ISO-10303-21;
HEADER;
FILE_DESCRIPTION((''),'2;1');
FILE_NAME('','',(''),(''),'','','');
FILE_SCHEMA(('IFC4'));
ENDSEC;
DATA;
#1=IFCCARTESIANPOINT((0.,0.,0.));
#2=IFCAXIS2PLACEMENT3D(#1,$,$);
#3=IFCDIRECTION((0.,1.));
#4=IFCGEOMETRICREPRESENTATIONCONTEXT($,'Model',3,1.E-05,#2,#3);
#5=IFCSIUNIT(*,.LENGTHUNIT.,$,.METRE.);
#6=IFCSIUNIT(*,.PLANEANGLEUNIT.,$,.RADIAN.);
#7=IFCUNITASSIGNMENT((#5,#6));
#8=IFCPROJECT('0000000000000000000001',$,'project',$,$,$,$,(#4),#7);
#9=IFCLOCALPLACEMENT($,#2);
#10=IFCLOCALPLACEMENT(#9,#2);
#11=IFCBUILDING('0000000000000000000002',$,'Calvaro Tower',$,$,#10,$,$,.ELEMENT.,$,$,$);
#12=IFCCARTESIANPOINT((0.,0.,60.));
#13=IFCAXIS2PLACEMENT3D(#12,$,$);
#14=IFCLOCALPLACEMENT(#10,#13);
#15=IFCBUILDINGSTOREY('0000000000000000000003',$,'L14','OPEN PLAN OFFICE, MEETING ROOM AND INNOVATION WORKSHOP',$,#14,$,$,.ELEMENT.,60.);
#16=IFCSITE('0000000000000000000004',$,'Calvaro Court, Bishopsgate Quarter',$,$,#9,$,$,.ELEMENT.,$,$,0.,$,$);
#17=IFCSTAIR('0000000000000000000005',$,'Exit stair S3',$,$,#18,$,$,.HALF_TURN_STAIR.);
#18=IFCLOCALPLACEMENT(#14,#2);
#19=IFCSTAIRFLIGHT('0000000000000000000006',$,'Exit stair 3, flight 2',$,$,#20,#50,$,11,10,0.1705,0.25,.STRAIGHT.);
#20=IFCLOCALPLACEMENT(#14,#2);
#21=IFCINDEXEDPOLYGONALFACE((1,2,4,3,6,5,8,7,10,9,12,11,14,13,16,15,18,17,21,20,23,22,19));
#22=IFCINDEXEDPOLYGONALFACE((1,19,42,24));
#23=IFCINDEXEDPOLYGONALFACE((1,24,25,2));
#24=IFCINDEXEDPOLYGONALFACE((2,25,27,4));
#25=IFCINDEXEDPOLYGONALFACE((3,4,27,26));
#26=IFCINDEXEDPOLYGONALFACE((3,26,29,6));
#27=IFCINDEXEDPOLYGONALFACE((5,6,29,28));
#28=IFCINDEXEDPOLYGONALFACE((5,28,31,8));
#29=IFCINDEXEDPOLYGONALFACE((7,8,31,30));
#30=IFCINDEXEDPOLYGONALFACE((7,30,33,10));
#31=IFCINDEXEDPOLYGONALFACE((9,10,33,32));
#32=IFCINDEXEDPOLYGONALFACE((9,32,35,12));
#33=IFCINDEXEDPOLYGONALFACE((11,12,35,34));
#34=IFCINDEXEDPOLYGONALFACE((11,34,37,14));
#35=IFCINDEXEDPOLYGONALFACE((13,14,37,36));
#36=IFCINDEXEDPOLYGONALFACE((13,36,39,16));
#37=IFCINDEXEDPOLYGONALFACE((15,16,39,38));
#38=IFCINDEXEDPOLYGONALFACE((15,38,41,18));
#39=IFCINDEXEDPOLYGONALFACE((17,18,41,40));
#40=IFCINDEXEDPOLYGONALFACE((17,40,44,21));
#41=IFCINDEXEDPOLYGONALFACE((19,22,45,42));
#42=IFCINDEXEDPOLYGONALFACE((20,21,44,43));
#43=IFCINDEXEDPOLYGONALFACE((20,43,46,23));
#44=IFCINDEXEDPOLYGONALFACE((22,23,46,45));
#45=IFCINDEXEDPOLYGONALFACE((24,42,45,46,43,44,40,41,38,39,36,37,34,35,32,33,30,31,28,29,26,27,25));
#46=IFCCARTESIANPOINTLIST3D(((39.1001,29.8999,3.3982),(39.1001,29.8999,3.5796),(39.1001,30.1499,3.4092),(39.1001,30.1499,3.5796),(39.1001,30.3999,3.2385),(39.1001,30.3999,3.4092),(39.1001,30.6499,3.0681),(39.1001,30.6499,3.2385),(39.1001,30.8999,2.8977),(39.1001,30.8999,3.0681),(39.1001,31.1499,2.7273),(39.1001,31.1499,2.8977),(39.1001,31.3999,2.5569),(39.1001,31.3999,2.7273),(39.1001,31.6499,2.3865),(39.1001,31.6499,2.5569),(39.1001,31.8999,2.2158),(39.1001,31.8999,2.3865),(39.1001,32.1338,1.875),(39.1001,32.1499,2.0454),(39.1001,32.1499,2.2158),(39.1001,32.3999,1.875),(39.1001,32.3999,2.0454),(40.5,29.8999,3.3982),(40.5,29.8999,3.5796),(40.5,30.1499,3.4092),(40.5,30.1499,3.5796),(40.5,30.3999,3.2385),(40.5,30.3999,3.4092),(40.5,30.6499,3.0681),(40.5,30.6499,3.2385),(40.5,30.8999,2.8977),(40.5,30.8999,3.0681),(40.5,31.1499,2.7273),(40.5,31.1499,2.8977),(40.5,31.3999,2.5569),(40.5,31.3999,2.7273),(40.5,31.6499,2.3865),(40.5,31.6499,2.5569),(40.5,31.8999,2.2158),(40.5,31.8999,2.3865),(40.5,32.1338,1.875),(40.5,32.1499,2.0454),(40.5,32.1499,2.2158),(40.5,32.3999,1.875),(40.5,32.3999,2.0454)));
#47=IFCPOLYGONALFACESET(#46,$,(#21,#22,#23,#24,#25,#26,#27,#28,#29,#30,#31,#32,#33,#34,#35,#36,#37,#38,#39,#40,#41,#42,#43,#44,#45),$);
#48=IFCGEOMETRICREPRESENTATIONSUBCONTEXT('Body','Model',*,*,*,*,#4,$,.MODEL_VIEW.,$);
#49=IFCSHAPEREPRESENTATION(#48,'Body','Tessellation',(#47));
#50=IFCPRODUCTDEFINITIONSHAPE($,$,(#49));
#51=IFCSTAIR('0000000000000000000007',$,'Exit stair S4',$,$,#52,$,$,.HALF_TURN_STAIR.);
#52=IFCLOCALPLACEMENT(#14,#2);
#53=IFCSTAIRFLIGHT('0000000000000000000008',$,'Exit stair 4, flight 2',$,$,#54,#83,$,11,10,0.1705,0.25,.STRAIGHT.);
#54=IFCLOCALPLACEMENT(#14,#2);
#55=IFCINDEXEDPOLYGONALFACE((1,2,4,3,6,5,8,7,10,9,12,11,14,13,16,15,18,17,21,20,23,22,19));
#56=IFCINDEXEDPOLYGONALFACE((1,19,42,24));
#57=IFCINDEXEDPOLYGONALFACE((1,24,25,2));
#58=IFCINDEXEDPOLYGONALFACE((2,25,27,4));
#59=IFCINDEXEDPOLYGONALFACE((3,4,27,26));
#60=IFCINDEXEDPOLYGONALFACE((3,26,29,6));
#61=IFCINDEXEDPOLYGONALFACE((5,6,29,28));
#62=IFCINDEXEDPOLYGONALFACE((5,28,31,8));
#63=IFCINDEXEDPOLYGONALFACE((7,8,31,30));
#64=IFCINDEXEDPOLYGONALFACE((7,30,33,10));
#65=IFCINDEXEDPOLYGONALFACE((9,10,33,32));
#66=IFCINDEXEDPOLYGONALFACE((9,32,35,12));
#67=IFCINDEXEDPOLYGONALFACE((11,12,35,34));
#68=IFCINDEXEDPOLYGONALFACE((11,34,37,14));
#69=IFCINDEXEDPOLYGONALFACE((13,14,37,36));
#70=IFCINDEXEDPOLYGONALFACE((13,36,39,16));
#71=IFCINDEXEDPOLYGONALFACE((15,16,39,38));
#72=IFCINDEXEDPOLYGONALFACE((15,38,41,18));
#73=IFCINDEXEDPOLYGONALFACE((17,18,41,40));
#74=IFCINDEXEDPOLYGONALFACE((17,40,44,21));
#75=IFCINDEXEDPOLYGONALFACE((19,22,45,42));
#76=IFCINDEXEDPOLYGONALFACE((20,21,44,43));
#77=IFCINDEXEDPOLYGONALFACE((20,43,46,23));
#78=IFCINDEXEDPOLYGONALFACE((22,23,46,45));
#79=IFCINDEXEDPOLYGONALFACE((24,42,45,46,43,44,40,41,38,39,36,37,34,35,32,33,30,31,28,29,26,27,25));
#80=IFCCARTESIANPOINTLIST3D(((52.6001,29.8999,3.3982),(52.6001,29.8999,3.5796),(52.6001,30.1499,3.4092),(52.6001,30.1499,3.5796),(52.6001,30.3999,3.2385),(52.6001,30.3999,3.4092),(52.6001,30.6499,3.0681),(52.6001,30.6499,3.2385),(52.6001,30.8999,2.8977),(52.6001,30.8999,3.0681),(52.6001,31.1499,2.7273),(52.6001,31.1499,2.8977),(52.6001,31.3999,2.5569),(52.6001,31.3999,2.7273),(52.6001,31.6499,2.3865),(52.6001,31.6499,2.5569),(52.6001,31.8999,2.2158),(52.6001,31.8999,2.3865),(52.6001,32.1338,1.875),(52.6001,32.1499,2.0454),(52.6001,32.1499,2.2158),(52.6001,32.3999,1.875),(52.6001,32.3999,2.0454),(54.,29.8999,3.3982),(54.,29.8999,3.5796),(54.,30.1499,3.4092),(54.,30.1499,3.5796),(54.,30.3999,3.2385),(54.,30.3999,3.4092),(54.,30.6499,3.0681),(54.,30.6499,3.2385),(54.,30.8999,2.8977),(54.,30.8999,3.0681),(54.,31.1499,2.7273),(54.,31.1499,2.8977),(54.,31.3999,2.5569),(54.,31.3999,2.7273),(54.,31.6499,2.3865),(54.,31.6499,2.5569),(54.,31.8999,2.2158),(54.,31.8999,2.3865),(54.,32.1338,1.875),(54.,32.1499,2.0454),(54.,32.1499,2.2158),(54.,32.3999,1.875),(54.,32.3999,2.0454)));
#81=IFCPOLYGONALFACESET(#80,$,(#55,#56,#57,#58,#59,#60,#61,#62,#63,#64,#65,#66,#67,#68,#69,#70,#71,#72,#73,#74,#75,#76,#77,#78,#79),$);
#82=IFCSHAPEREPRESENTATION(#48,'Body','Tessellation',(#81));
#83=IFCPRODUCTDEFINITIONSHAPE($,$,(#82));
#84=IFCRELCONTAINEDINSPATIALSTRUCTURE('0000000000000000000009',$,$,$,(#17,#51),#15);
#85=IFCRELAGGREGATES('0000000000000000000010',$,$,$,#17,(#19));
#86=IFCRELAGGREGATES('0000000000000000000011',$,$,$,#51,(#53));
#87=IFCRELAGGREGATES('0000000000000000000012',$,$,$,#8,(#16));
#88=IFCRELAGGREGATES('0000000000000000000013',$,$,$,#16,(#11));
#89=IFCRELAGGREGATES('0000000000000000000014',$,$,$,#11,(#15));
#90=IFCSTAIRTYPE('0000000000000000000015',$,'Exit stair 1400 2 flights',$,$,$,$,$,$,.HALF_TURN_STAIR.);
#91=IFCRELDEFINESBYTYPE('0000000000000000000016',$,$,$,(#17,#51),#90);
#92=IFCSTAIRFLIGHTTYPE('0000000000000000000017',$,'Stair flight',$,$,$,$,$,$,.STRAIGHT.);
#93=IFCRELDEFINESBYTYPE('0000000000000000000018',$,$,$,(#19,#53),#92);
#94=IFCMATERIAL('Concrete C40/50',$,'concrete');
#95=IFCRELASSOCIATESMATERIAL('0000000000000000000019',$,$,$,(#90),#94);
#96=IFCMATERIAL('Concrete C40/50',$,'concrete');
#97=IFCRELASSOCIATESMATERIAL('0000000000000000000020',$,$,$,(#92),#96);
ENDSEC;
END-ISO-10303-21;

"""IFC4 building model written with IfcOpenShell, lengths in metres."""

from ifc_helpers import new_model, si_unit, direction, frame, origin, place, context, subcontext, project, spatial, polyline, outline, extrude, material, type_object, element, aggregate, save


model = new_model("IFC4")

# Units and contexts
model_context = context("Model", 3, precision=1e-05, world=origin(), true_north=direction((0.0, 1.0)))
body_context = subcontext(model_context, "Body", "Model", "MODEL_VIEW")
ifc_project = project(units=[si_unit("LENGTHUNIT", "METRE"), si_unit("PLANEANGLEUNIT", "RADIAN")], contexts=[model_context])

# Site, building, storey
site_placement = place(None, origin())
site = spatial("IfcSite", under=ifc_project, at=site_placement, Name="Calvaro Court, Bishopsgate Quarter", CompositionType="ELEMENT", RefElevation=0.0)
building_placement = place(site_placement, origin())
building = spatial("IfcBuilding", under=site, at=building_placement, Name="Calvaro Tower", CompositionType="ELEMENT")
storey_placement = place(building_placement, frame((0.0, 0.0, 60.0)))
storey = spatial("IfcBuildingStorey", under=building, at=storey_placement, Name="L14", Description="OPEN PLAN OFFICE, MEETING ROOM AND INNOVATION WORKSHOP", CompositionType="ELEMENT", Elevation=60.0)

# Stairs, stair flights
ifc_material_1 = material(Name="Concrete C40/50", Category="concrete")
stair_type = type_object("IfcStairType", Name="Exit stair 1400 2 flights", PredefinedType="HALF_TURN_STAIR", material=ifc_material_1)
stair_1_placement = place(storey_placement, origin())
stair_1 = element("IfcStair", 1, at=stair_1_placement, inside=storey, type_object=stair_type, Name="Exit stair S3", PredefinedType="HALF_TURN_STAIR")
ifc_material_2 = material(Name="Concrete C40/50", Category="concrete")
stair_flight_type = type_object("IfcStairFlightType", Name="Stair flight", PredefinedType="STRAIGHT", material=ifc_material_2)
stair_flight_1_placement = place(storey_placement, frame((39.8, 32.3999, 1.875), z_axis=(0.0, 0.0, 1.0), x_axis=(0.0, -1.0, 0.0)))
stair_flight_1 = element("IfcStairFlight", 2, at=stair_flight_1_placement, type_object=stair_flight_type, Name="Exit stair 3, flight 2", NumberOfRisers=11, NumberOfTreads=10, PredefinedType="STRAIGHT", RiserHeight=0.1705, TreadLength=0.25, context=body_context, shape_type="SweptSolid", body=[
    extrude(outline(polyline([(0.0, 0.0), (0.0, 0.1704), (0.25, 0.1704), (0.25, 0.3408), (0.5, 0.3408), (0.5, 0.5115), (0.75, 0.5115), (0.75, 0.6819), (1.0, 0.6819), (1.0, 0.8523), (1.25, 0.8523), (1.25, 1.0227), (1.5, 1.0227), (1.5, 1.1931), (1.75, 1.1931), (1.75, 1.3635), (2.0, 1.3635), (2.0, 1.5342), (2.25, 1.5342), (2.25, 1.7046), (2.5, 1.7046), (2.5, 1.875), (2.5, 1.5232), (0.2661, 0.0), (0.0, 0.0)])), frame((0.0, 0.7, 0.0), z_axis=(0.0, -1.0, 0.0), x_axis=(1.0, 0.0, 0.0)), (0.0, 0.0, 1.0), 1.3999),
])
stair_2_placement = place(storey_placement, origin())
stair_2 = element("IfcStair", 3, at=stair_2_placement, inside=storey, type_object=stair_type, Name="Exit stair S4", PredefinedType="HALF_TURN_STAIR")
stair_flight_2_placement = place(storey_placement, frame((53.3, 32.3999, 1.875), z_axis=(0.0, 0.0, 1.0), x_axis=(0.0, -1.0, 0.0)))
stair_flight_2 = element("IfcStairFlight", 4, at=stair_flight_2_placement, type_object=stair_flight_type, Name="Exit stair 4, flight 2", NumberOfRisers=11, NumberOfTreads=10, PredefinedType="STRAIGHT", RiserHeight=0.1705, TreadLength=0.25, context=body_context, shape_type="SweptSolid", body=[
    extrude(outline(polyline([(0.0, 0.0), (0.0, 0.1704), (0.25, 0.1704), (0.25, 0.3408), (0.5, 0.3408), (0.5, 0.5115), (0.75, 0.5115), (0.75, 0.6819), (1.0, 0.6819), (1.0, 0.8523), (1.25, 0.8523), (1.25, 1.0227), (1.5, 1.0227), (1.5, 1.1931), (1.75, 1.1931), (1.75, 1.3635), (2.0, 1.3635), (2.0, 1.5342), (2.25, 1.5342), (2.25, 1.7046), (2.5, 1.7046), (2.5, 1.875), (2.5, 1.5232), (0.2661, 0.0), (0.0, 0.0)])), frame((0.0, 0.7, 0.0), z_axis=(0.0, -1.0, 0.0), x_axis=(1.0, 0.0, 0.0)), (0.0, 0.0, 1.0), 1.3999),
])

aggregate(stair_1, [stair_flight_1])
aggregate(stair_2, [stair_flight_2])

save(model, "model.ifc")
